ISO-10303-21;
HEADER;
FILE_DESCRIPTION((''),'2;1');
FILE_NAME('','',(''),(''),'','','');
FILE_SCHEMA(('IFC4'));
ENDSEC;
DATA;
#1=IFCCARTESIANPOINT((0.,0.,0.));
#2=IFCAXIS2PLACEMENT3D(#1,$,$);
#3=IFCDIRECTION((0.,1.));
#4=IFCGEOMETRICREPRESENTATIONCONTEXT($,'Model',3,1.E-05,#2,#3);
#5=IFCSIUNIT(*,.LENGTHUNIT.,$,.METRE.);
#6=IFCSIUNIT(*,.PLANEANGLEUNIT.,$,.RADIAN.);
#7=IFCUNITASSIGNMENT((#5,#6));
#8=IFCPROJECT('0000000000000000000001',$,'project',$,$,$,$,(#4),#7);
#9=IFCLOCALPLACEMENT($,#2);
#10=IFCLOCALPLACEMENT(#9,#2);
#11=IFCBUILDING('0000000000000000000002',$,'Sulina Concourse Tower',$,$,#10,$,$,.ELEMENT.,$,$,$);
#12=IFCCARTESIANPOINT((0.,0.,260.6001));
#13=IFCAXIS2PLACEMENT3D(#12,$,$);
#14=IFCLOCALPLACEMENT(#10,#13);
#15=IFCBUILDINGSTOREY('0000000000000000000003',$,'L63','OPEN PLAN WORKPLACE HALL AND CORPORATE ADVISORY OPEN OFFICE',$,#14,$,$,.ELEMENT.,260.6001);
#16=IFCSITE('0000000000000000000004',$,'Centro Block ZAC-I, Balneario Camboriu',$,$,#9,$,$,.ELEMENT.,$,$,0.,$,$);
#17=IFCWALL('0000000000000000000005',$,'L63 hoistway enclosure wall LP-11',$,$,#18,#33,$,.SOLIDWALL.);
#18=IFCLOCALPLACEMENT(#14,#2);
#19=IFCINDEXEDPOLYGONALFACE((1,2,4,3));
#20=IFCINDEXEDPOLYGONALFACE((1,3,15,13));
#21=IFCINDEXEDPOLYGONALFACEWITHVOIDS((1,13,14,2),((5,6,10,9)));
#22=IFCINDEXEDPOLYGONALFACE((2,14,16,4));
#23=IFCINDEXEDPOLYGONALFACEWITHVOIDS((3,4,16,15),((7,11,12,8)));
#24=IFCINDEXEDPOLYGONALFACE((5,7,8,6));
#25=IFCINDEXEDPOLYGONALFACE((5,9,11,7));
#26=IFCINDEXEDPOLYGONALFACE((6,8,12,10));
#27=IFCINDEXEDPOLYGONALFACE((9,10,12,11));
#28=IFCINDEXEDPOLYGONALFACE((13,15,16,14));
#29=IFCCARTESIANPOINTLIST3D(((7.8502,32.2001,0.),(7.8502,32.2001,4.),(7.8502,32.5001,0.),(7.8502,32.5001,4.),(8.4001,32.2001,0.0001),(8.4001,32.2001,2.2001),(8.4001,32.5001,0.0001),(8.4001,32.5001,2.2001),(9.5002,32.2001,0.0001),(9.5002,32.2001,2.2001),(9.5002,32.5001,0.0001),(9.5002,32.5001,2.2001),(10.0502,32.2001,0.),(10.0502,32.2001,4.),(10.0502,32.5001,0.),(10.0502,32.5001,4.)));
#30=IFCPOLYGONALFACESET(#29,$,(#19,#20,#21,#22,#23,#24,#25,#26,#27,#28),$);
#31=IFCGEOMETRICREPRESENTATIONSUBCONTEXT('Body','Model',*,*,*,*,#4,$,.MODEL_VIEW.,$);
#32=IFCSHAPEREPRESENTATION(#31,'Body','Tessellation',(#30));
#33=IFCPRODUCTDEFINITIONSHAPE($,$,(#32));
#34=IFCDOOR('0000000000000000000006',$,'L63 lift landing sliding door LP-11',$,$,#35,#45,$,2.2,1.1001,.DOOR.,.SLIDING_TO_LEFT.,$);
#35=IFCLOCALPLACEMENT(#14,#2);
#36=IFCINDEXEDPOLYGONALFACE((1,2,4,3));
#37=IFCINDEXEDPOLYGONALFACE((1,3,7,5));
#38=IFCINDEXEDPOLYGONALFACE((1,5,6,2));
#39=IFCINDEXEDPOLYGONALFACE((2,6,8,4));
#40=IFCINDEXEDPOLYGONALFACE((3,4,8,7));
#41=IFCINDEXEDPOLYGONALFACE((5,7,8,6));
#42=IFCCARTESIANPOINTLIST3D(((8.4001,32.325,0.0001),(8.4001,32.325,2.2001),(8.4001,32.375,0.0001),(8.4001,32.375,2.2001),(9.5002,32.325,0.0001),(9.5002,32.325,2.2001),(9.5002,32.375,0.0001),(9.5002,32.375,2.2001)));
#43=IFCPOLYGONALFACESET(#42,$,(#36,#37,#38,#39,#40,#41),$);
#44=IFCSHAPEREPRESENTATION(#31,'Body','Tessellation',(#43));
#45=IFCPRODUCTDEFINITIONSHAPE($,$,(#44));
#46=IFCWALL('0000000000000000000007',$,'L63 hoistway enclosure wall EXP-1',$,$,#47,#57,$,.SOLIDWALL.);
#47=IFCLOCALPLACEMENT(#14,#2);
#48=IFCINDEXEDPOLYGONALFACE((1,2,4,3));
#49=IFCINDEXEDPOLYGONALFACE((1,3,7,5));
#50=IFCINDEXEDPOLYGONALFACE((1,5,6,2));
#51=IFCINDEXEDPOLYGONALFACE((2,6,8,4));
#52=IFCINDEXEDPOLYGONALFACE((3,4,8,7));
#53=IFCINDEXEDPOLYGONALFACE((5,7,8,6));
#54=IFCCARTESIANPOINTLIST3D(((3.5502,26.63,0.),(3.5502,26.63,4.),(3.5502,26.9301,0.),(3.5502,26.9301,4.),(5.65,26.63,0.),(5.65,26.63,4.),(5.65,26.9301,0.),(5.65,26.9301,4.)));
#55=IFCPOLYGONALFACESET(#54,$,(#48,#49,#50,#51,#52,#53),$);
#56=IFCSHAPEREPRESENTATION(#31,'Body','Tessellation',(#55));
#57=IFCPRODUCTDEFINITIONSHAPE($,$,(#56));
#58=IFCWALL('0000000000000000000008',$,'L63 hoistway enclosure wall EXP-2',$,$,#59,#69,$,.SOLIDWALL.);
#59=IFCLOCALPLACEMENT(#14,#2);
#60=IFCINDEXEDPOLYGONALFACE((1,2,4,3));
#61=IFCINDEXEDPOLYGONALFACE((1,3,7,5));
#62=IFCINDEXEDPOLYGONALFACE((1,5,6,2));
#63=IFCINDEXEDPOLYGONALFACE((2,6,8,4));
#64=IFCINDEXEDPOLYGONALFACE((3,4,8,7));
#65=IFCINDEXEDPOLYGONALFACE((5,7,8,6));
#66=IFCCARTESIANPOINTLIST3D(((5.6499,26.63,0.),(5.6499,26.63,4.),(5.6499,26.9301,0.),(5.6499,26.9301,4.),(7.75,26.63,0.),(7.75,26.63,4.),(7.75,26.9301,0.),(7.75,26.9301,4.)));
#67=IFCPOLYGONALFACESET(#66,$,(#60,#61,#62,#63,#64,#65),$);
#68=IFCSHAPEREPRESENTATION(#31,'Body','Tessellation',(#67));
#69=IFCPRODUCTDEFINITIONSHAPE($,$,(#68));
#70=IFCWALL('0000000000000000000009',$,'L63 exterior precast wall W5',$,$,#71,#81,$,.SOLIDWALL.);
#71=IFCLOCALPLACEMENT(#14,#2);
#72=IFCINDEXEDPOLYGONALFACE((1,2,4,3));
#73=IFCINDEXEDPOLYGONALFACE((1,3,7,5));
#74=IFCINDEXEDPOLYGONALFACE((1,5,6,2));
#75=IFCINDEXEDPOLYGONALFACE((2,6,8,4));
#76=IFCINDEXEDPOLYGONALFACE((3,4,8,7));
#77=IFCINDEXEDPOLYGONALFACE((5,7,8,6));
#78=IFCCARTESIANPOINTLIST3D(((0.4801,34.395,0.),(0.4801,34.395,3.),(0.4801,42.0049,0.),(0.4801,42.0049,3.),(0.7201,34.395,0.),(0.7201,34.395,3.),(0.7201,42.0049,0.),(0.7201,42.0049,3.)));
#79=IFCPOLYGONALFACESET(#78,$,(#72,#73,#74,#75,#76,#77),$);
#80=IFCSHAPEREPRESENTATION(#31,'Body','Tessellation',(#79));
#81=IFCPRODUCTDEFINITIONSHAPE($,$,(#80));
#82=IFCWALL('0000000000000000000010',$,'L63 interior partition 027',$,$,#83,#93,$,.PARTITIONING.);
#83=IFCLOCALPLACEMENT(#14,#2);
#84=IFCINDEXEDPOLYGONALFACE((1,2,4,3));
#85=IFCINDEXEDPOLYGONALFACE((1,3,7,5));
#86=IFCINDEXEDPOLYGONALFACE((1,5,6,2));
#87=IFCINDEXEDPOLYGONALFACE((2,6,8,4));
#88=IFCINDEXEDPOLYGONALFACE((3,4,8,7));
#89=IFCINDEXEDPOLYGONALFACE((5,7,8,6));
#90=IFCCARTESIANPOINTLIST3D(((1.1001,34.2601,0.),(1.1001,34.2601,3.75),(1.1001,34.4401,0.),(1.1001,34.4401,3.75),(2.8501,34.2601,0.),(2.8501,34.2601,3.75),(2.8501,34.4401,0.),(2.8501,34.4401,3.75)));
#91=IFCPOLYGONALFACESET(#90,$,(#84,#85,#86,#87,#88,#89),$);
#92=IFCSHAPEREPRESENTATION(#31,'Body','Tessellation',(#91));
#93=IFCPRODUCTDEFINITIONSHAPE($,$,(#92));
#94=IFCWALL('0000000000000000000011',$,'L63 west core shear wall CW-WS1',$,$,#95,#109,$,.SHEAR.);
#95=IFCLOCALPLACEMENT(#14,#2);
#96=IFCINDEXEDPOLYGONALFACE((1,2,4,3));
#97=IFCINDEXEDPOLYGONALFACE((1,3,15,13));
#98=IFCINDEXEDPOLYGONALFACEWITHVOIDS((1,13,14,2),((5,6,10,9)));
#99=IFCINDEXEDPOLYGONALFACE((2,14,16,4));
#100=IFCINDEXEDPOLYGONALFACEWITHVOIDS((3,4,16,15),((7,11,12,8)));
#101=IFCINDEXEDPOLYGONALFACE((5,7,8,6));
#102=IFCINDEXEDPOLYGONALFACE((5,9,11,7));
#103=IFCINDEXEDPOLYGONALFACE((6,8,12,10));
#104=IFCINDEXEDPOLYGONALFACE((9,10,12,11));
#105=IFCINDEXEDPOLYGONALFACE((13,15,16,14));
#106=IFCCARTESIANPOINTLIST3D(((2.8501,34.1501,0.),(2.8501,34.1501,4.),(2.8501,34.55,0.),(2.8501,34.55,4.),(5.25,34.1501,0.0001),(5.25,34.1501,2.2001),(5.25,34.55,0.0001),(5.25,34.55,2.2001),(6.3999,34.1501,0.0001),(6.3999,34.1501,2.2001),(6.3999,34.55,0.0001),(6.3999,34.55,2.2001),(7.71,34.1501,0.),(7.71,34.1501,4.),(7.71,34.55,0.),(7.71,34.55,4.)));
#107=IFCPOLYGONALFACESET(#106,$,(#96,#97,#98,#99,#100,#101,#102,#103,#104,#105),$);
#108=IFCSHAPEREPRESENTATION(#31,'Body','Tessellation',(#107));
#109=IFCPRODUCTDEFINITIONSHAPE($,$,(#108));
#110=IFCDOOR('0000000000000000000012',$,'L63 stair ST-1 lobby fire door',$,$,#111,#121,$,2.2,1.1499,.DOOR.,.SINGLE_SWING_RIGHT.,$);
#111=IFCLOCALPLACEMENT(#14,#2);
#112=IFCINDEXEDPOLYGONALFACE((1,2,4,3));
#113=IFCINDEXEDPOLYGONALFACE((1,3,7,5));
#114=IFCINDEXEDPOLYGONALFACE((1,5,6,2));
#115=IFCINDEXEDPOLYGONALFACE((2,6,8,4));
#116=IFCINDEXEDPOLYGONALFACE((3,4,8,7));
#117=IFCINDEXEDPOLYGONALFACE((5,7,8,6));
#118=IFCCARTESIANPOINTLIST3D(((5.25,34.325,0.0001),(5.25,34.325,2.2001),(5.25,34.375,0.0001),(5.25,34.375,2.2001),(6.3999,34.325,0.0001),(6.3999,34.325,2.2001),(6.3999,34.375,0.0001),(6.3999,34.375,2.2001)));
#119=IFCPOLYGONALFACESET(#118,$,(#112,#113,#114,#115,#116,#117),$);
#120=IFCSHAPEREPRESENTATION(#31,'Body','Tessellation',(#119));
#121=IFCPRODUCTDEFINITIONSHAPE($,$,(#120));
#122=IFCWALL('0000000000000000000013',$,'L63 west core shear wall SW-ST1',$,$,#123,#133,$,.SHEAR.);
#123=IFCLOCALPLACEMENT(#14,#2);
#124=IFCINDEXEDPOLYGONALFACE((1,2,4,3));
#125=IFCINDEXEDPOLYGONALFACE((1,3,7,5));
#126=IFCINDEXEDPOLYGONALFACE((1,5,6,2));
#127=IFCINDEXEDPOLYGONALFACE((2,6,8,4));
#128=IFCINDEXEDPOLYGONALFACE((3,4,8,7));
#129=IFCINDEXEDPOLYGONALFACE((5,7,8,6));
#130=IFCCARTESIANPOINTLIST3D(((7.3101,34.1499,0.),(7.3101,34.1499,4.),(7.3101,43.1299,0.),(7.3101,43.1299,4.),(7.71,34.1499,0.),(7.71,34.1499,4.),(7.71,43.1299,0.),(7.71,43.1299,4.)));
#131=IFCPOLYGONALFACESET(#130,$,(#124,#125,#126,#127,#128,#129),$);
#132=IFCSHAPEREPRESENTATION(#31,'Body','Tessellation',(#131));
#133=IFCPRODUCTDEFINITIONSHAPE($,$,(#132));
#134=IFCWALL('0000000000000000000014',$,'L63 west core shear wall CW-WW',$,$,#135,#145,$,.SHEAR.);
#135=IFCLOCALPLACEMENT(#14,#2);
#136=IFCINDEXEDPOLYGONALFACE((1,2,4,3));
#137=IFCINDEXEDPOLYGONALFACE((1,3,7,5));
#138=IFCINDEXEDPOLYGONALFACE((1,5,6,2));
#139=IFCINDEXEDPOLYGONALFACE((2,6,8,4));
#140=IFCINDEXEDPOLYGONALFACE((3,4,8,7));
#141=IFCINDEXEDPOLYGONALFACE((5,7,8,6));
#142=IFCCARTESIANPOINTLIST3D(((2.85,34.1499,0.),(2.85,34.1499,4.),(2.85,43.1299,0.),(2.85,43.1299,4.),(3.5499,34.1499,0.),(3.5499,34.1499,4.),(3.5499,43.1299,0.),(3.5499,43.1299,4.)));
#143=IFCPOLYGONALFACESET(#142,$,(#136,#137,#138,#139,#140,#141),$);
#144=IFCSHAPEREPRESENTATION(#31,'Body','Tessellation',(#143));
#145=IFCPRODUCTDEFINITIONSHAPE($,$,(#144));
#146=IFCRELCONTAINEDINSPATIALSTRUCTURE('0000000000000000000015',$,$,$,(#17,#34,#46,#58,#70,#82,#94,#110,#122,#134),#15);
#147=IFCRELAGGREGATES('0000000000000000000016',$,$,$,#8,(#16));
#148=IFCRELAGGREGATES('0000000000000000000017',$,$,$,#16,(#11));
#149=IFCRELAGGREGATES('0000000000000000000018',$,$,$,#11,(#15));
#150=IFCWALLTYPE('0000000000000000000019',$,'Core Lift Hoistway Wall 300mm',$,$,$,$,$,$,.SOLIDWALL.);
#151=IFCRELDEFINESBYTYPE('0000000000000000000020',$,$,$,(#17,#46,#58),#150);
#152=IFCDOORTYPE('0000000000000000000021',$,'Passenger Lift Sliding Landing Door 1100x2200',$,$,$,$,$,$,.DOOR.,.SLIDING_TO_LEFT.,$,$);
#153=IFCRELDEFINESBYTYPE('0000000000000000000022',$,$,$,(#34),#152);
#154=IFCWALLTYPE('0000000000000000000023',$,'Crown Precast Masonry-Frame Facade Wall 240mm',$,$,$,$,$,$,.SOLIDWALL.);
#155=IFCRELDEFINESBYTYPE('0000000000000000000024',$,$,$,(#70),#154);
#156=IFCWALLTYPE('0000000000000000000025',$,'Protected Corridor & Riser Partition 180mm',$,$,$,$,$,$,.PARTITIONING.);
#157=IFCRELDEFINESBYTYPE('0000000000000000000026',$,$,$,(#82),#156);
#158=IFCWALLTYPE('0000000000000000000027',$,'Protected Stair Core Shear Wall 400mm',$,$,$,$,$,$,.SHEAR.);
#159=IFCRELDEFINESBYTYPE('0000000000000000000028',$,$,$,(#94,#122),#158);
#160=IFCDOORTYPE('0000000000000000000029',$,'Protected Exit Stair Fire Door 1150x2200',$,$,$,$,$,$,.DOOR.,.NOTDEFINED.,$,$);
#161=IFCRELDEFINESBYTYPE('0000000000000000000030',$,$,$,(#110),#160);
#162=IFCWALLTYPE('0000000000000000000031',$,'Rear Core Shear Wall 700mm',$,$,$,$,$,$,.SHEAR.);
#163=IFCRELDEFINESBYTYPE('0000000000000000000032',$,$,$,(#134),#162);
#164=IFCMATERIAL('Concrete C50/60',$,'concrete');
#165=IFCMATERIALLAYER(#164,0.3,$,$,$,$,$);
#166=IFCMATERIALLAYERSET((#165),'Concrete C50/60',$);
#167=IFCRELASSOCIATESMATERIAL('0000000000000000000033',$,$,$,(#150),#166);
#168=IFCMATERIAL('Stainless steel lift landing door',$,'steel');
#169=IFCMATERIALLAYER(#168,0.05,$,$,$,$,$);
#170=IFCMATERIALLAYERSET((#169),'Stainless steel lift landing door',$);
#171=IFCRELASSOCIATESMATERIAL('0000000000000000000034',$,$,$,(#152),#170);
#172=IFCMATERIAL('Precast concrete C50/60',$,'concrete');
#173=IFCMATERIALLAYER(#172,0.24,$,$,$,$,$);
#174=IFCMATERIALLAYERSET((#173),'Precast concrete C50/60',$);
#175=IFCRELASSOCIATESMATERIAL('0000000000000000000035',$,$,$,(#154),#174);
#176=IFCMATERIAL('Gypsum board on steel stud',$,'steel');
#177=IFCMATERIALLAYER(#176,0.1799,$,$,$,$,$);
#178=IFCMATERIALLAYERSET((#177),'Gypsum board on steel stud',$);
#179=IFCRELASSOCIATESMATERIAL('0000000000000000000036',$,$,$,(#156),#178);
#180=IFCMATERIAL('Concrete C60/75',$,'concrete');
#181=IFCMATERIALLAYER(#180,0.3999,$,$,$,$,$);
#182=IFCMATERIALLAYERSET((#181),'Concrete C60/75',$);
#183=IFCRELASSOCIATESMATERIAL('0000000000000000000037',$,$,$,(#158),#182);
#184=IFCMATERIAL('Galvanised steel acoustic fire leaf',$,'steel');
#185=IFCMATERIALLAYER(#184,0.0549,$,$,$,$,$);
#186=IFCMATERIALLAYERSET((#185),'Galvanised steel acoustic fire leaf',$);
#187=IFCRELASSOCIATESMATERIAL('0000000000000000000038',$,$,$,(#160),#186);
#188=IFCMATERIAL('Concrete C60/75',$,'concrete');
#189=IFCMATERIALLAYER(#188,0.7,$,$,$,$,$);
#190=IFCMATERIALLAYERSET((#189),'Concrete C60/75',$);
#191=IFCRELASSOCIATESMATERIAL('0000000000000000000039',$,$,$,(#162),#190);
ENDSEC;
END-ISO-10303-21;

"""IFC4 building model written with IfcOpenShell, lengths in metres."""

from ifc_helpers import new_model, si_unit, direction, frame, frame_2d, origin, place, context, subcontext, project, spatial, rectangle, extrude, material, layer, layer_set, type_object, element, fill, save


model = new_model("IFC4")

# Units and contexts
model_context = context("Model", 3, precision=1e-05, world=origin(), true_north=direction((0.0, 1.0)))
body_context = subcontext(model_context, "Body", "Model", "MODEL_VIEW")
ifc_project = project(units=[si_unit("LENGTHUNIT", "METRE"), si_unit("PLANEANGLEUNIT", "RADIAN")], contexts=[model_context])

# Site, building, storey
site_placement = place(None, origin())
site = spatial("IfcSite", under=ifc_project, at=site_placement, Name="Centro Block ZAC-I, Balneario Camboriu", CompositionType="ELEMENT", RefElevation=0.0)
building_placement = place(site_placement, origin())
building = spatial("IfcBuilding", under=site, at=building_placement, Name="Sulina Concourse Tower", CompositionType="ELEMENT")
storey_placement = place(building_placement, frame((0.0, 0.0, 260.6001)))
storey = spatial("IfcBuildingStorey", under=building, at=storey_placement, Name="L63", Description="OPEN PLAN WORKPLACE HALL AND CORPORATE ADVISORY OPEN OFFICE", CompositionType="ELEMENT", Elevation=260.6001)

# Wall, opening, door
ifc_material_1 = material(Name="Concrete C50/60", Category="concrete")
ifc_layer_1 = layer(ifc_material_1, 0.3)
ifc_layer_set_1 = layer_set([ifc_layer_1], Name="Concrete C50/60")
wall_type_1 = type_object("IfcWallType", Name="Core Lift Hoistway Wall 300mm", PredefinedType="SOLIDWALL", material=ifc_layer_set_1)
ifc_material_2 = material(Name="Stainless steel lift landing door", Category="steel")
ifc_layer_2 = layer(ifc_material_2, 0.05)
ifc_layer_set_2 = layer_set([ifc_layer_2], Name="Stainless steel lift landing door")
door_type_1 = type_object("IfcDoorType", Name="Passenger Lift Sliding Landing Door 1100x2200", OperationType="SLIDING_TO_LEFT", PredefinedType="DOOR", material=ifc_layer_set_2)
wall_1_placement = place(storey_placement, frame((7.8501, 32.3501, 0.0), z_axis=(0.0, 0.0, 1.0), x_axis=(1.0, 0.0, 0.0)))
wall_1 = element("IfcWall", 1, at=wall_1_placement, inside=storey, type_object=wall_type_1, Name="L63 hoistway enclosure wall LP-11", PredefinedType="SOLIDWALL", context=body_context, shape_type="SweptSolid", body=[
    extrude(rectangle(XDim=2.2, YDim=0.3, at=frame_2d((1.1001, 0.0))), origin(), (0.0, 0.0, 1.0), 4.0),
])
opening_1_placement = place(wall_1_placement, frame((0.55, 0.0, 0.0)))
opening_1 = element("IfcOpeningElement", 2, at=opening_1_placement, cuts=wall_1, PredefinedType="OPENING", context=body_context, shape_type="SweptSolid", body=[
    extrude(rectangle(XDim=1.1001, YDim=2.2, at=frame_2d((0.55, 1.1001))), frame((0.0, 0.1599, 0.0), z_axis=(0.0, -1.0, 0.0), x_axis=(1.0, 0.0, 0.0)), (0.0, 0.0, 1.0), 0.3201),
])
door_1_placement = place(opening_1_placement, origin())
door_1 = element("IfcDoor", 3, at=door_1_placement, inside=storey, type_object=door_type_1, Name="L63 lift landing sliding door LP-11", OperationType="SLIDING_TO_LEFT", OverallHeight=2.2, OverallWidth=1.1001, PredefinedType="DOOR", context=body_context, shape_type="SweptSolid", body=[
    extrude(rectangle(XDim=1.1001, YDim=2.2, at=frame_2d((0.55, 1.1001))), frame((0.0, 0.0249, 0.0), z_axis=(0.0, -1.0, 0.0), x_axis=(1.0, 0.0, 0.0)), (0.0, 0.0, 1.0), 0.05),
])
fill(opening_1, door_1)

# Walls
wall_2_placement = place(storey_placement, frame((5.6499, 26.78, 0.0), z_axis=(0.0, 0.0, 1.0), x_axis=(-1.0, 0.0, 0.0)))
element("IfcWall", 4, at=wall_2_placement, inside=storey, type_object=wall_type_1, Name="L63 hoistway enclosure wall EXP-1", PredefinedType="SOLIDWALL", context=body_context, shape_type="SweptSolid", body=[
    extrude(rectangle(XDim=2.0999, YDim=0.3, at=frame_2d((1.0498, 0.0))), origin(), (0.0, 0.0, 1.0), 4.0),
])
wall_3_placement = place(storey_placement, frame((7.75, 26.78, 0.0), z_axis=(0.0, 0.0, 1.0), x_axis=(-1.0, 0.0, 0.0)))
element("IfcWall", 5, at=wall_3_placement, inside=storey, type_object=wall_type_1, Name="L63 hoistway enclosure wall EXP-2", PredefinedType="SOLIDWALL", context=body_context, shape_type="SweptSolid", body=[
    extrude(rectangle(XDim=2.1001, YDim=0.3, at=frame_2d((1.05, 0.0))), origin(), (0.0, 0.0, 1.0), 4.0),
])
ifc_material_3 = material(Name="Precast concrete C50/60", Category="concrete")
ifc_layer_3 = layer(ifc_material_3, 0.24)
ifc_layer_set_3 = layer_set([ifc_layer_3], Name="Precast concrete C50/60")
wall_type_2 = type_object("IfcWallType", Name="Crown Precast Masonry-Frame Facade Wall 240mm", PredefinedType="SOLIDWALL", material=ifc_layer_set_3)
wall_4_placement = place(storey_placement, frame((0.6001, 34.395, 0.0), z_axis=(0.0, 0.0, 1.0), x_axis=(0.0, 1.0, 0.0)))
element("IfcWall", 6, at=wall_4_placement, inside=storey, type_object=wall_type_2, Name="L63 exterior precast wall W5", PredefinedType="SOLIDWALL", context=body_context, shape_type="SweptSolid", body=[
    extrude(rectangle(XDim=7.6099, YDim=0.24, at=frame_2d((3.8049, 0.0))), origin(), (0.0, 0.0, 1.0), 3.0),
])
ifc_material_4 = material(Name="Gypsum board on steel stud", Category="steel")
ifc_layer_4 = layer(ifc_material_4, 0.1799)
ifc_layer_set_4 = layer_set([ifc_layer_4], Name="Gypsum board on steel stud")
wall_type_3 = type_object("IfcWallType", Name="Protected Corridor & Riser Partition 180mm", PredefinedType="PARTITIONING", material=ifc_layer_set_4)
wall_5_placement = place(storey_placement, frame((1.1001, 34.3501, 0.0), z_axis=(0.0, 0.0, 1.0), x_axis=(1.0, 0.0, 0.0)))
element("IfcWall", 7, at=wall_5_placement, inside=storey, type_object=wall_type_3, Name="L63 interior partition 027", PredefinedType="PARTITIONING", context=body_context, shape_type="SweptSolid", body=[
    extrude(rectangle(XDim=1.75, YDim=0.1799, at=frame_2d((0.875, 0.0))), origin(), (0.0, 0.0, 1.0), 3.75),
])

# Wall, opening, door
ifc_material_5 = material(Name="Concrete C60/75", Category="concrete")
ifc_layer_5 = layer(ifc_material_5, 0.3999)
ifc_layer_set_5 = layer_set([ifc_layer_5], Name="Concrete C60/75")
wall_type_4 = type_object("IfcWallType", Name="Protected Stair Core Shear Wall 400mm", PredefinedType="SHEAR", material=ifc_layer_set_5)
wall_6_placement = place(storey_placement, frame((2.8501, 34.3501, 0.0), z_axis=(0.0, 0.0, 1.0), x_axis=(1.0, 0.0, 0.0)))
wall_6 = element("IfcWall", 8, at=wall_6_placement, inside=storey, type_object=wall_type_4, Name="L63 west core shear wall CW-WS1", PredefinedType="SHEAR", context=body_context, shape_type="SweptSolid", body=[
    extrude(rectangle(XDim=4.8599, YDim=0.3999, at=frame_2d((2.4299, 0.0))), origin(), (0.0, 0.0, 1.0), 4.0),
])
opening_2_placement = place(wall_6_placement, frame((2.3999, 0.0, 0.0)))
opening_2 = element("IfcOpeningElement", 9, at=opening_2_placement, cuts=wall_6, PredefinedType="OPENING", context=body_context, shape_type="SweptSolid", body=[
    extrude(rectangle(XDim=1.1499, YDim=2.2, at=frame_2d((0.575, 1.1001))), frame((0.0, 0.21, 0.0), z_axis=(0.0, -1.0, 0.0), x_axis=(1.0, 0.0, 0.0)), (0.0, 0.0, 1.0), 0.4199),
])
ifc_material_6 = material(Name="Galvanised steel acoustic fire leaf", Category="steel")
ifc_layer_6 = layer(ifc_material_6, 0.0549)
ifc_layer_set_6 = layer_set([ifc_layer_6], Name="Galvanised steel acoustic fire leaf")
door_type_2 = type_object("IfcDoorType", Name="Protected Exit Stair Fire Door 1150x2200", OperationType="NOTDEFINED", PredefinedType="DOOR", material=ifc_layer_set_6)
door_2_placement = place(opening_2_placement, origin())
door_2 = element("IfcDoor", 10, at=door_2_placement, inside=storey, type_object=door_type_2, Name="L63 stair ST-1 lobby fire door", OperationType="SINGLE_SWING_RIGHT", OverallHeight=2.2, OverallWidth=1.1499, PredefinedType="DOOR", context=body_context, shape_type="SweptSolid", body=[
    extrude(rectangle(XDim=1.1499, YDim=2.2, at=frame_2d((0.575, 1.1001))), frame((0.0, 0.0249, 0.0), z_axis=(0.0, -1.0, 0.0), x_axis=(1.0, 0.0, 0.0)), (0.0, 0.0, 1.0), 0.05),
])
fill(opening_2, door_2)

# Walls
wall_7_placement = place(storey_placement, frame((7.51, 34.1499, 0.0), z_axis=(0.0, 0.0, 1.0), x_axis=(0.0, 1.0, 0.0)))
element("IfcWall", 11, at=wall_7_placement, inside=storey, type_object=wall_type_4, Name="L63 west core shear wall SW-ST1", PredefinedType="SHEAR", context=body_context, shape_type="SweptSolid", body=[
    extrude(rectangle(XDim=8.98, YDim=0.3999, at=frame_2d((4.49, 0.0))), origin(), (0.0, 0.0, 1.0), 4.0),
])
ifc_material_7 = material(Name="Concrete C60/75", Category="concrete")
ifc_layer_7 = layer(ifc_material_7, 0.7)
ifc_layer_set_7 = layer_set([ifc_layer_7], Name="Concrete C60/75")
wall_type_5 = type_object("IfcWallType", Name="Rear Core Shear Wall 700mm", PredefinedType="SHEAR", material=ifc_layer_set_7)
wall_8_placement = place(storey_placement, frame((3.2, 34.1499, 0.0), z_axis=(0.0, 0.0, 1.0), x_axis=(0.0, 1.0, 0.0)))
element("IfcWall", 12, at=wall_8_placement, inside=storey, type_object=wall_type_5, Name="L63 west core shear wall CW-WW", PredefinedType="SHEAR", context=body_context, shape_type="SweptSolid", body=[
    extrude(rectangle(XDim=8.98, YDim=0.7, at=frame_2d((4.49, 0.0))), origin(), (0.0, 0.0, 1.0), 4.0),
])

save(model, "model.ifc")
